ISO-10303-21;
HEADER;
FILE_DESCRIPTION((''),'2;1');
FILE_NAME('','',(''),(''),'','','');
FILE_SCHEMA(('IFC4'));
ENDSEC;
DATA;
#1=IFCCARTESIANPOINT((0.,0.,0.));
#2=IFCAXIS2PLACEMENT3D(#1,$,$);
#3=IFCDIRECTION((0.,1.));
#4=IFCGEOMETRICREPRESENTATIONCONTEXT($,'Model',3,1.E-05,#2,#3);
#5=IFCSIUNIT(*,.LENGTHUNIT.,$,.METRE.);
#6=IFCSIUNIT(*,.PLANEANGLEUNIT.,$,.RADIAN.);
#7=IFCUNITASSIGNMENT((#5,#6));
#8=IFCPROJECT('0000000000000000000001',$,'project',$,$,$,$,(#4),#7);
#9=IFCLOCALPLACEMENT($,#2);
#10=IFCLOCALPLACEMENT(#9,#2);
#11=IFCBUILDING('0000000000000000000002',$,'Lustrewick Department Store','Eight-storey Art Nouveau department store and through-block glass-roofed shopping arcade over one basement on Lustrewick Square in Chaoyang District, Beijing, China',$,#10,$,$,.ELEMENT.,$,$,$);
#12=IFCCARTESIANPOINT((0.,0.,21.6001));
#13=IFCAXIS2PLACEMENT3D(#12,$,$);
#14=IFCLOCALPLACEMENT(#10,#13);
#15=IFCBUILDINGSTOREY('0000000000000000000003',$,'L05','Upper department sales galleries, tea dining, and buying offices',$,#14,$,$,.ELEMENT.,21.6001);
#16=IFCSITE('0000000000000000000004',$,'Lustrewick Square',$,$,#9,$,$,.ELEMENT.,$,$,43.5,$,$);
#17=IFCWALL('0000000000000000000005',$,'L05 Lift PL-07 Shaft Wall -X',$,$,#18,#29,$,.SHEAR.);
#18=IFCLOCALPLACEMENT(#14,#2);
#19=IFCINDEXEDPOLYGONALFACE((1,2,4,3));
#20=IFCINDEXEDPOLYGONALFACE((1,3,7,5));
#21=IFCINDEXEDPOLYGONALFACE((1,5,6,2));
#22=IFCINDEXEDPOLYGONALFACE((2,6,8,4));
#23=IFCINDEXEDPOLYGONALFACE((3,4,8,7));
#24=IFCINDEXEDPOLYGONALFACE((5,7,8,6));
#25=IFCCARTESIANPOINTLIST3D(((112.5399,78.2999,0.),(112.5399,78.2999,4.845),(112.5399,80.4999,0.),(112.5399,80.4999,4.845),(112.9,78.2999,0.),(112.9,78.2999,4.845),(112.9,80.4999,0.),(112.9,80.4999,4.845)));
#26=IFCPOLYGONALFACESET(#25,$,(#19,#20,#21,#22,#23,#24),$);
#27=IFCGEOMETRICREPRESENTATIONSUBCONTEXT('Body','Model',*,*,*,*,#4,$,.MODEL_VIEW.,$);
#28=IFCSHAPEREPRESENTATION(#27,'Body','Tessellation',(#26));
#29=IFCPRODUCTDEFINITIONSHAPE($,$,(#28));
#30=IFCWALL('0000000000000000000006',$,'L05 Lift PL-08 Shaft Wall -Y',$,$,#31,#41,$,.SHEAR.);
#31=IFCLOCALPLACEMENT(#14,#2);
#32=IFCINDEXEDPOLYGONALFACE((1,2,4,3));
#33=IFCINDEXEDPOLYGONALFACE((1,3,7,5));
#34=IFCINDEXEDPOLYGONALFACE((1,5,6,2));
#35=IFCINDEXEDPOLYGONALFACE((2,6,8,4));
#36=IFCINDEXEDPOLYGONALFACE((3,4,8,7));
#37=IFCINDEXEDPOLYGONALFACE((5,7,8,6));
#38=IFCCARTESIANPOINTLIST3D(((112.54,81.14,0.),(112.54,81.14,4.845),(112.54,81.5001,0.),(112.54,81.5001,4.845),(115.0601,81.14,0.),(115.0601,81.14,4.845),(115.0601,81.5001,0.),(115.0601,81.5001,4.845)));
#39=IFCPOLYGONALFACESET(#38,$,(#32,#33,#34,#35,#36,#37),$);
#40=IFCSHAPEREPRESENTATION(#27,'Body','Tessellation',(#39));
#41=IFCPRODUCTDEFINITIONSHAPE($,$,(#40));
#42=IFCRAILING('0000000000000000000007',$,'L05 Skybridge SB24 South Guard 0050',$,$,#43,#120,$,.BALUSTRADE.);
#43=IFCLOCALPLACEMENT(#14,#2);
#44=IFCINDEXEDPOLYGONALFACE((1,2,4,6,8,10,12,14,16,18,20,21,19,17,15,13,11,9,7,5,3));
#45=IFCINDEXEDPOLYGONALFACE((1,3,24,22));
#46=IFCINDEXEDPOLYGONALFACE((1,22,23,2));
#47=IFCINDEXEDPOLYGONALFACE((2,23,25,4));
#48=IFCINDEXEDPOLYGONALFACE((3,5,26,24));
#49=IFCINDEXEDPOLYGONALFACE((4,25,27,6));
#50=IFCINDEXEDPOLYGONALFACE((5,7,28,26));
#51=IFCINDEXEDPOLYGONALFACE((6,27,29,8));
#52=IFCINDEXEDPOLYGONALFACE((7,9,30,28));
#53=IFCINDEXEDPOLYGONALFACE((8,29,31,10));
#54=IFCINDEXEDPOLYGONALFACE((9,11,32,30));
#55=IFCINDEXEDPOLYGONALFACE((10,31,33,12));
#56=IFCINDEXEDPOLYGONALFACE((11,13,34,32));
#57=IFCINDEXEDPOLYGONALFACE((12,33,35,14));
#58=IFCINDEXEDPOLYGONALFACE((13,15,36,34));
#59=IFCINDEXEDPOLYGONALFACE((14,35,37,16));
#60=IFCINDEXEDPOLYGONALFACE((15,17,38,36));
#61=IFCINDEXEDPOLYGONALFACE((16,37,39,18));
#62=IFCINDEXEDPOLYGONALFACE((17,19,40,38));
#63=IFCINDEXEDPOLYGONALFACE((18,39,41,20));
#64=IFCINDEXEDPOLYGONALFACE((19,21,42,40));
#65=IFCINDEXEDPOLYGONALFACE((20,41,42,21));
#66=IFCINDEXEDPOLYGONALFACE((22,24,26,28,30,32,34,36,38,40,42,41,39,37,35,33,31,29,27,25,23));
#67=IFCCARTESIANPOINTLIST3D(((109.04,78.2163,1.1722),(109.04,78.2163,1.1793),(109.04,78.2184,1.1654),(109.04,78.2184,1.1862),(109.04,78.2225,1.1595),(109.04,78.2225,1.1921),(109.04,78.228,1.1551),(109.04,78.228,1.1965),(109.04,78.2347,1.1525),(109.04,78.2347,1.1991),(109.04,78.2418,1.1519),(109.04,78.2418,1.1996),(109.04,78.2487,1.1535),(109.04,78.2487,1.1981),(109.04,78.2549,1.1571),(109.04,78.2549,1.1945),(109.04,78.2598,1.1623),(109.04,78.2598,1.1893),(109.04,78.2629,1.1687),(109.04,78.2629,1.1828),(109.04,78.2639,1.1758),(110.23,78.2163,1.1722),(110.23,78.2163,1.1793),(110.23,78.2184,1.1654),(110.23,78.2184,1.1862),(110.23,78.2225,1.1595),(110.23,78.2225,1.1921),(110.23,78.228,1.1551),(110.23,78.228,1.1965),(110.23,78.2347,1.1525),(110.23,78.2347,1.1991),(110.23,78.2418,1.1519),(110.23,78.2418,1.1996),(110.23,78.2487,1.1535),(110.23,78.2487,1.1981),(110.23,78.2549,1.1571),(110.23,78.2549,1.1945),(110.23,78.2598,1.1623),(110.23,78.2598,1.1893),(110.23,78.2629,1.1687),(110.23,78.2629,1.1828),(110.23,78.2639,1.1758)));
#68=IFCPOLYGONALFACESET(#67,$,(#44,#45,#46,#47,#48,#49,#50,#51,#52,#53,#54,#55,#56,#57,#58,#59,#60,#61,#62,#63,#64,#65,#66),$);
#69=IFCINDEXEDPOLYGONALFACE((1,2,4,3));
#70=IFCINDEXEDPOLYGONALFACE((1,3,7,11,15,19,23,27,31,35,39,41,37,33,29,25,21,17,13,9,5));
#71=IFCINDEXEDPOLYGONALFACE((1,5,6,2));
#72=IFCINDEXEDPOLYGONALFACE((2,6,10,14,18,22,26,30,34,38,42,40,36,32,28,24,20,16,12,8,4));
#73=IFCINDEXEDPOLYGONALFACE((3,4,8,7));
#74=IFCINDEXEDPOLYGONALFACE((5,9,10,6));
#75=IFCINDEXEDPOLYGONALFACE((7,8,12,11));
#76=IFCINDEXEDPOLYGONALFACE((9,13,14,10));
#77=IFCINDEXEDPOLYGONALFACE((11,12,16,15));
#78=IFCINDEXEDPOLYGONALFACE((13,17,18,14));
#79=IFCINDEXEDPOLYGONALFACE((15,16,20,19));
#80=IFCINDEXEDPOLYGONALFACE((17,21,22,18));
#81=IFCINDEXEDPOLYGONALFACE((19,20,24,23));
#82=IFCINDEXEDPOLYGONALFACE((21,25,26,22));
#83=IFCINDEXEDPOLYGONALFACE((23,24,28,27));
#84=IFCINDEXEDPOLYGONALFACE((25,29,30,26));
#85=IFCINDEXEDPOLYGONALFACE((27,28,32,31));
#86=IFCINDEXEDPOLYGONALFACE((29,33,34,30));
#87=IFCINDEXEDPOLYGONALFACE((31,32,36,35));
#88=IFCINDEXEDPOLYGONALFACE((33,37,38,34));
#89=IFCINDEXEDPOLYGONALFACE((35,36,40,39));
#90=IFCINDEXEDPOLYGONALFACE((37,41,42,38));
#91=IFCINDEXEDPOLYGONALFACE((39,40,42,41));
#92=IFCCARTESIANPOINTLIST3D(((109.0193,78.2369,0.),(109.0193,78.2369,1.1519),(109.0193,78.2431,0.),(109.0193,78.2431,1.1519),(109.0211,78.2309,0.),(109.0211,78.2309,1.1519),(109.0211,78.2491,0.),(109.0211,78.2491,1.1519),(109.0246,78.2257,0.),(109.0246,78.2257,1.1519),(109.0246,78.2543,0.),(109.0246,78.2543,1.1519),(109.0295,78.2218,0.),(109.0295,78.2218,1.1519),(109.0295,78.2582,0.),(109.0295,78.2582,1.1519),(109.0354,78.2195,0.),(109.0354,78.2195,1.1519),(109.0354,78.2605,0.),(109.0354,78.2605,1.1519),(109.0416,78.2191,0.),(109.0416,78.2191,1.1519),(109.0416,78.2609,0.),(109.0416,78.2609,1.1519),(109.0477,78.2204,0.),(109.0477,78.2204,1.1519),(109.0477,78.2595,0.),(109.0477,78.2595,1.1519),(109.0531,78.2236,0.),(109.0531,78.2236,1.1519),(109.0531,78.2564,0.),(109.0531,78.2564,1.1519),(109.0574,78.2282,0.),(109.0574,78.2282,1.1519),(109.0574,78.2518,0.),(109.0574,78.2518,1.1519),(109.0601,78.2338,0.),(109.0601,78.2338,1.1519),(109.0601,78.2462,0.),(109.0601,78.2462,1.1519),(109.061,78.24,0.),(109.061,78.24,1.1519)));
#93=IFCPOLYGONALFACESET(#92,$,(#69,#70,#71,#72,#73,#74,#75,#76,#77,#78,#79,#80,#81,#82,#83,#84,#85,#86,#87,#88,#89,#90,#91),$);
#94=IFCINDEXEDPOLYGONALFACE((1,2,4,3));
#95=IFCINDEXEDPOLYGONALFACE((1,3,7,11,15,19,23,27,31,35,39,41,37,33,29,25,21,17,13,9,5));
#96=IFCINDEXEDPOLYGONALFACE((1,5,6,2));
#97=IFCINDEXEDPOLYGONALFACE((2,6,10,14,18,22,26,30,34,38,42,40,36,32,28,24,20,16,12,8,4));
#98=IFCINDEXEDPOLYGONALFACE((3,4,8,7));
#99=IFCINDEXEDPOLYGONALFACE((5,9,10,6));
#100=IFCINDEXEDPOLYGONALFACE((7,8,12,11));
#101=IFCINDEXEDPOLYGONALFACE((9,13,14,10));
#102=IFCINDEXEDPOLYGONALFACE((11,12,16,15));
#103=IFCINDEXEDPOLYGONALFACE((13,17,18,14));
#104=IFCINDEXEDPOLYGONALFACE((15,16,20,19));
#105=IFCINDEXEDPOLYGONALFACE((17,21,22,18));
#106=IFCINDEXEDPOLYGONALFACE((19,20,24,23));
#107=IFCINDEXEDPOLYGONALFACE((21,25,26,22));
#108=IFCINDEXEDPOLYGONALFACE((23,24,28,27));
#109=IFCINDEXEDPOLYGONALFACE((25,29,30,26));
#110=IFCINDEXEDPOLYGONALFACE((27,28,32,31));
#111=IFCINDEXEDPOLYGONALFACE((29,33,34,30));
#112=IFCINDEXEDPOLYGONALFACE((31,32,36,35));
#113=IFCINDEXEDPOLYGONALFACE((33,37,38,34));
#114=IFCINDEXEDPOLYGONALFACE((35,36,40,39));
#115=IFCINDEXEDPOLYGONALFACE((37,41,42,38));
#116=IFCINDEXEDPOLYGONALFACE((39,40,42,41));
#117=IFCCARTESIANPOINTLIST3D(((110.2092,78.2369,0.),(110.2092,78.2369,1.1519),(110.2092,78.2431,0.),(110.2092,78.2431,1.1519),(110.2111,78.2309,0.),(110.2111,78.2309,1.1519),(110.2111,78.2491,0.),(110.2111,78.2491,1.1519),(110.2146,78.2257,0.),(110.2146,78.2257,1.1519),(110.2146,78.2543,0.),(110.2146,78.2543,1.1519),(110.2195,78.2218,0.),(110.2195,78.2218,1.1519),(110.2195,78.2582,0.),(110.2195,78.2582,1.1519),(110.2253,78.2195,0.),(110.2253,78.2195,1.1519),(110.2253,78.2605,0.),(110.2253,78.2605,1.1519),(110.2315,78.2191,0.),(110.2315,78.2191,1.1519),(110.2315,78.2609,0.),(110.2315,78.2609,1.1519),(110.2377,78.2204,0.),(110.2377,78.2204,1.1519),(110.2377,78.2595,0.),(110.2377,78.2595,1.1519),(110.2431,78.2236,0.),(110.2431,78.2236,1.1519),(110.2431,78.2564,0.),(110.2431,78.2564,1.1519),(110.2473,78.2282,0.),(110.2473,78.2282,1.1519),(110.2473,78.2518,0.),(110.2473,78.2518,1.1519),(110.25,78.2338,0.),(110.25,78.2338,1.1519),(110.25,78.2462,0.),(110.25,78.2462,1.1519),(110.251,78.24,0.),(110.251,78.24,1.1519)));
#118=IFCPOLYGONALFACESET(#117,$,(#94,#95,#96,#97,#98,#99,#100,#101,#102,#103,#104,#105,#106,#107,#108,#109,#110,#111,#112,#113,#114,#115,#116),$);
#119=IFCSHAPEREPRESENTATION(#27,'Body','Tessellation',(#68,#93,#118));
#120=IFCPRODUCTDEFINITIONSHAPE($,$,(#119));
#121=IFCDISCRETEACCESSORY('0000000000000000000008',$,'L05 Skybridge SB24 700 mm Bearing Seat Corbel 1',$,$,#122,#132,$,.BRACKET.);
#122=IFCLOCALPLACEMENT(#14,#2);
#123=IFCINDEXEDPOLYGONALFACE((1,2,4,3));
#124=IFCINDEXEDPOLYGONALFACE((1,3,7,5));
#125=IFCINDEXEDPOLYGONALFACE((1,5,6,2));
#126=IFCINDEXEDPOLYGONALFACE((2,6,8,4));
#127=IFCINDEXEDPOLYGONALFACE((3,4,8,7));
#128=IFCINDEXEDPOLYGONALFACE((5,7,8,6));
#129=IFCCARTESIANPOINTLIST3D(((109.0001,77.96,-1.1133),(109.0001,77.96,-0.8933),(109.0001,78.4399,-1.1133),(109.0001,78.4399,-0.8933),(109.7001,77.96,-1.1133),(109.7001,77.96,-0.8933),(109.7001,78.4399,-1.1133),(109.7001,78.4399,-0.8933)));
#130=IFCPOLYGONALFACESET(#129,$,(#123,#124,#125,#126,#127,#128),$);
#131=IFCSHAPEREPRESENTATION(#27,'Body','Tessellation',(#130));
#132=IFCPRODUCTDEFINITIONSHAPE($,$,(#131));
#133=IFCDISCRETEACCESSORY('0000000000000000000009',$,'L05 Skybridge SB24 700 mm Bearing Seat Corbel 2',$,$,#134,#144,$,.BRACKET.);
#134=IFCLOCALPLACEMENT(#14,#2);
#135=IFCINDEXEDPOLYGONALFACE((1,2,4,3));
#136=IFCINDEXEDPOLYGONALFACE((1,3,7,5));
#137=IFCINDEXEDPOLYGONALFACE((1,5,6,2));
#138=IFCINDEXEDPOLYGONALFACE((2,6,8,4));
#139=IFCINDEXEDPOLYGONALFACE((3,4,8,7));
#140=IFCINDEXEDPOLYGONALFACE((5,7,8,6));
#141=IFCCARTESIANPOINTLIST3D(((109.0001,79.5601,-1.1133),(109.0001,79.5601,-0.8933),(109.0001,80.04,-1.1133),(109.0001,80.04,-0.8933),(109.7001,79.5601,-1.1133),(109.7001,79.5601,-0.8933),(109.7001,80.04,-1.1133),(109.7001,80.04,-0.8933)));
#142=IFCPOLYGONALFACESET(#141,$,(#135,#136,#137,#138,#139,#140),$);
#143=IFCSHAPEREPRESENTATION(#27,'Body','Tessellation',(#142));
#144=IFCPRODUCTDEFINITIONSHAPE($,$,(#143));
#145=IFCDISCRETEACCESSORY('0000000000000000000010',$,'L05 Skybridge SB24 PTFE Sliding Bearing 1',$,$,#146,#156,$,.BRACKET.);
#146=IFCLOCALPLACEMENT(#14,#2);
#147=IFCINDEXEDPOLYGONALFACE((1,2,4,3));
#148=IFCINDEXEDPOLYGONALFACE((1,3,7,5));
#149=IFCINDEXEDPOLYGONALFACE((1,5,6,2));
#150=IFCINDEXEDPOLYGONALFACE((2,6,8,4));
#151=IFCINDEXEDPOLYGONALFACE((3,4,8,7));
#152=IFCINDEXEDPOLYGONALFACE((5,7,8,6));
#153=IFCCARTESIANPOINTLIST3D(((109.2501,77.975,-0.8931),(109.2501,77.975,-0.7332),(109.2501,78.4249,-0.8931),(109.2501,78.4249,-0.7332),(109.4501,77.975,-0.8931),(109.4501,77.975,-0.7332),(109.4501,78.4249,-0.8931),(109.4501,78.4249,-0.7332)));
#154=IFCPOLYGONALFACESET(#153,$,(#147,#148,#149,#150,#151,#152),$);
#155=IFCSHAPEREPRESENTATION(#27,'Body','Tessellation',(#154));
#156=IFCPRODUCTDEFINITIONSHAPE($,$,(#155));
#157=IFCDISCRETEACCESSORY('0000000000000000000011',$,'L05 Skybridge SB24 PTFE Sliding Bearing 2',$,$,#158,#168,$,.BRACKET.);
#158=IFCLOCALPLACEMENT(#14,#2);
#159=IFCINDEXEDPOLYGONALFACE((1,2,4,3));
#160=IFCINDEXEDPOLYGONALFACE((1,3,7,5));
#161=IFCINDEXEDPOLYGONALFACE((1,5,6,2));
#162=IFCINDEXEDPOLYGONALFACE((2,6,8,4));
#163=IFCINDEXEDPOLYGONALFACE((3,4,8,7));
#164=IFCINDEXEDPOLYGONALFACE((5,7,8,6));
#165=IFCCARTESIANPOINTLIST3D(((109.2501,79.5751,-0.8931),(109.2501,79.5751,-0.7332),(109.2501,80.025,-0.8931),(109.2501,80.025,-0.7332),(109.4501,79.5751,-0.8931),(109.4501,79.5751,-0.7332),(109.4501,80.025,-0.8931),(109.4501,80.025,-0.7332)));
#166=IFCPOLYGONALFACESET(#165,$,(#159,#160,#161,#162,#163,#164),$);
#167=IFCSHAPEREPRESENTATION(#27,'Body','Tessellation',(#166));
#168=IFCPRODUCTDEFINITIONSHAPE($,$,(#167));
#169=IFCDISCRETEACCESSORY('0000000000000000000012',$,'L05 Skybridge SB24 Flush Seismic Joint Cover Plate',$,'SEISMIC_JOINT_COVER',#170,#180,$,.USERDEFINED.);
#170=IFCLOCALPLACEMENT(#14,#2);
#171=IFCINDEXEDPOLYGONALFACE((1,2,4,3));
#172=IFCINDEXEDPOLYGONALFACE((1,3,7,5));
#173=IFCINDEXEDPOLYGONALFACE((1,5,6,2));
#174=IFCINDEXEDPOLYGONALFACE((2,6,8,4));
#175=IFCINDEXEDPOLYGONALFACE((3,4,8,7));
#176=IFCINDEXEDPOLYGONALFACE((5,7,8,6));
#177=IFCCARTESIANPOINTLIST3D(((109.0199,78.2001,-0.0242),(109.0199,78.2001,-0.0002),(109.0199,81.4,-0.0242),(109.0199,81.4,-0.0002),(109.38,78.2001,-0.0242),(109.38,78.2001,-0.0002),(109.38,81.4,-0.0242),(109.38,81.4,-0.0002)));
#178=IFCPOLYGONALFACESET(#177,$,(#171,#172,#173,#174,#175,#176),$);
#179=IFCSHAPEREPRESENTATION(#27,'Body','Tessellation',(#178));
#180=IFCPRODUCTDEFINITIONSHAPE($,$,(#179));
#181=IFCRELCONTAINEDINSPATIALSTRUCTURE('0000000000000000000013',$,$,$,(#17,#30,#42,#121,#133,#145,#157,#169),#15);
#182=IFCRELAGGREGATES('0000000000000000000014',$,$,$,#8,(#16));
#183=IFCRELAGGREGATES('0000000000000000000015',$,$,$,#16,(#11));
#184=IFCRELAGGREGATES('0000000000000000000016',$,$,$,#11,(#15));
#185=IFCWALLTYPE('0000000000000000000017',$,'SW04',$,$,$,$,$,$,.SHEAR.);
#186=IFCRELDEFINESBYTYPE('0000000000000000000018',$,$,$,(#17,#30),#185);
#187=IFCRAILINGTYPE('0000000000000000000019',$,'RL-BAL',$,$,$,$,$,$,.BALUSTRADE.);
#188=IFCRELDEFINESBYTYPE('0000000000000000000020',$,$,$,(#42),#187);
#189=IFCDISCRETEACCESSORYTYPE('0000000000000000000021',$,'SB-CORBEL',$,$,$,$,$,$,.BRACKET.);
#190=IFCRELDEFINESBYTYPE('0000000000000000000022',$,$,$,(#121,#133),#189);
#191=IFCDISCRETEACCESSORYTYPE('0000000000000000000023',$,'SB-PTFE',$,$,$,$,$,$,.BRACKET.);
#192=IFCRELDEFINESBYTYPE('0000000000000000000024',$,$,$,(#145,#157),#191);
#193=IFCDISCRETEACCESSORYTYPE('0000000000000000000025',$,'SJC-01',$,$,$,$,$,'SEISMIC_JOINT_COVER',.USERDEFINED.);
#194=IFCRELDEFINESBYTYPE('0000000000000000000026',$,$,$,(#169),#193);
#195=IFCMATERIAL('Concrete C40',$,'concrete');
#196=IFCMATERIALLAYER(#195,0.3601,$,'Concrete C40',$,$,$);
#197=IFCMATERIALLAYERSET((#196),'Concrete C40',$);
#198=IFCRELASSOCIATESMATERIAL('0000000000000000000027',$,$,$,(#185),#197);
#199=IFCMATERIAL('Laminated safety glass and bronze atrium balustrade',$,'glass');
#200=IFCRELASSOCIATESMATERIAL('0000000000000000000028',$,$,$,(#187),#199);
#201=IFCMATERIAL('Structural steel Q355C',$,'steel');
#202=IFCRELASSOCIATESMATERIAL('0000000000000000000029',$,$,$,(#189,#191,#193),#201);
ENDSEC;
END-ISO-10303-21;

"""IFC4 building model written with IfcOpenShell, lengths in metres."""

from ifc_helpers import new_model, si_unit, direction, frame, frame_2d, origin, origin_2d, place, context, subcontext, project, spatial, rectangle, circle, extrude, material, layer, layer_set, type_object, element, save


model = new_model("IFC4")

# Units and contexts
model_context = context("Model", 3, precision=1e-05, world=origin(), true_north=direction((0.0, 1.0)))
body_context = subcontext(model_context, "Body", "Model", "MODEL_VIEW")
ifc_project = project(units=[si_unit("LENGTHUNIT", "METRE"), si_unit("PLANEANGLEUNIT", "RADIAN")], contexts=[model_context])

# Site, building, storey
site_placement = place(None, origin())
site = spatial("IfcSite", under=ifc_project, at=site_placement, Name="Lustrewick Square", CompositionType="ELEMENT", RefElevation=43.5)
building_placement = place(site_placement, origin())
building = spatial("IfcBuilding", under=site, at=building_placement, Name="Lustrewick Department Store", Description="Eight-storey Art Nouveau department store and through-block glass-roofed shopping arcade over one basement on Lustrewick Square in Chaoyang District, Beijing, China", CompositionType="ELEMENT")
storey_placement = place(building_placement, frame((0.0, 0.0, 21.6001)))
storey = spatial("IfcBuildingStorey", under=building, at=storey_placement, Name="L05", Description="Upper department sales galleries, tea dining, and buying offices", CompositionType="ELEMENT", Elevation=21.6001)

# Shared definitions
ifc_material_1 = material(Name="Structural steel Q355C", Category="steel")

# Shared definitions
ifc_material_2 = material(Name="Concrete C40", Category="concrete")
ifc_layer_1 = layer(ifc_material_2, 0.3601, Name="Concrete C40")
ifc_layer_set_1 = layer_set([ifc_layer_1], Name="Concrete C40")
wall_type_1 = type_object("IfcWallType", Name="SW04", PredefinedType="SHEAR", material=ifc_layer_set_1)

# Walls
wall_1_placement = place(storey_placement, frame((112.72, 80.5, 0.0), z_axis=(0.0, 0.0, 1.0), x_axis=(0.0, -1.0, 0.0)))
element("IfcWall", 1, at=wall_1_placement, inside=storey, type_object=wall_type_1, Name="L05 Lift PL-07 Shaft Wall -X", PredefinedType="SHEAR", context=body_context, shape_type="SweptSolid", body=[
    extrude(rectangle(XDim=2.2, YDim=0.3601, at=frame_2d((1.1001, 0.0))), origin(), (0.0, 0.0, 1.0), 4.845),
])
wall_2_placement = place(storey_placement, frame((112.54, 81.3201, 0.0), z_axis=(0.0, 0.0, 1.0), x_axis=(1.0, 0.0, 0.0)))
element("IfcWall", 2, at=wall_2_placement, inside=storey, type_object=wall_type_1, Name="L05 Lift PL-08 Shaft Wall -Y", PredefinedType="SHEAR", context=body_context, shape_type="SweptSolid", body=[
    extrude(rectangle(XDim=2.52, YDim=0.3601, at=frame_2d((1.26, 0.0))), origin(), (0.0, 0.0, 1.0), 4.845),
])

# Railing
ifc_material_3 = material(Name="Laminated safety glass and bronze atrium balustrade", Category="glass")
railing_type = type_object("IfcRailingType", Name="RL-BAL", PredefinedType="BALUSTRADE", material=ifc_material_3)
railing_placement = place(storey_placement, frame((109.04, 78.24, 0.0)))
element("IfcRailing", 3, at=railing_placement, inside=storey, type_object=railing_type, Name="L05 Skybridge SB24 South Guard 0050", PredefinedType="BALUSTRADE", context=body_context, shape_type="SweptSolid", body=[
    extrude(circle(Radius=0.0239, at=origin_2d()), frame((0.0, 0.0, 1.1758), z_axis=(1.0, 0.0, 0.0), x_axis=(0.0, 1.0, 0.0)), (0.0, 0.0, 1.0), 1.1899),
    extrude(circle(Radius=0.021, at=origin_2d()), origin(), (0.0, 0.0, 1.0), 1.1519),
    extrude(circle(Radius=0.021, at=origin_2d()), frame((1.1899, 0.0, 0.0)), (0.0, 0.0, 1.0), 1.1519),
])

# Discrete accessories
discrete_accessory_type_1 = type_object("IfcDiscreteAccessoryType", Name="SB-CORBEL", PredefinedType="BRACKET", material=ifc_material_1)
for number, where, z_axis, x_axis, name in (
    (4, (109.3501, 78.2, -1.1133), (0.0, 0.0, 1.0), (1.0, 0.0, 0.0), "L05 Skybridge SB24 700 mm Bearing Seat Corbel 1"),
    (5, (109.3501, 79.8, -1.1133), (0.0, 0.0, 1.0), (1.0, 0.0, 0.0), "L05 Skybridge SB24 700 mm Bearing Seat Corbel 2"),
):
    element("IfcDiscreteAccessory", number, at=place(storey_placement, frame(where, z_axis=z_axis, x_axis=x_axis)), inside=storey, type_object=discrete_accessory_type_1, Name=name, PredefinedType="BRACKET", context=body_context, shape_type="SweptSolid", body=[
        extrude(rectangle(XDim=0.7, YDim=0.48, at=origin_2d()), origin(), (0.0, 0.0, 1.0), 0.22),
    ])
discrete_accessory_type_2 = type_object("IfcDiscreteAccessoryType", Name="SB-PTFE", PredefinedType="BRACKET", material=ifc_material_1)
for number, where, z_axis, x_axis, name in (
    (6, (109.3501, 78.2, -0.8931), (0.0, 0.0, 1.0), (1.0, 0.0, 0.0), "L05 Skybridge SB24 PTFE Sliding Bearing 1"),
    (7, (109.3501, 79.8, -0.8931), (0.0, 0.0, 1.0), (1.0, 0.0, 0.0), "L05 Skybridge SB24 PTFE Sliding Bearing 2"),
):
    element("IfcDiscreteAccessory", number, at=place(storey_placement, frame(where, z_axis=z_axis, x_axis=x_axis)), inside=storey, type_object=discrete_accessory_type_2, Name=name, PredefinedType="BRACKET", context=body_context, shape_type="SweptSolid", body=[
        extrude(rectangle(XDim=0.2, YDim=0.45, at=origin_2d()), origin(), (0.0, 0.0, 1.0), 0.1599),
    ])
discrete_accessory_type_3 = type_object("IfcDiscreteAccessoryType", Name="SJC-01", ElementType="SEISMIC_JOINT_COVER", PredefinedType="USERDEFINED", material=ifc_material_1)
discrete_accessory_placement = place(storey_placement, frame((109.2, 79.8, -0.0242), z_axis=(0.0, 0.0, 1.0), x_axis=(1.0, 0.0, 0.0)))
element("IfcDiscreteAccessory", 8, at=discrete_accessory_placement, inside=storey, type_object=discrete_accessory_type_3, Name="L05 Skybridge SB24 Flush Seismic Joint Cover Plate", ObjectType="SEISMIC_JOINT_COVER", PredefinedType="USERDEFINED", context=body_context, shape_type="SweptSolid", body=[
    extrude(rectangle(XDim=0.3601, YDim=3.2, at=origin_2d()), origin(), (0.0, 0.0, 1.0), 0.0239),
])

save(model, "model.ifc")
